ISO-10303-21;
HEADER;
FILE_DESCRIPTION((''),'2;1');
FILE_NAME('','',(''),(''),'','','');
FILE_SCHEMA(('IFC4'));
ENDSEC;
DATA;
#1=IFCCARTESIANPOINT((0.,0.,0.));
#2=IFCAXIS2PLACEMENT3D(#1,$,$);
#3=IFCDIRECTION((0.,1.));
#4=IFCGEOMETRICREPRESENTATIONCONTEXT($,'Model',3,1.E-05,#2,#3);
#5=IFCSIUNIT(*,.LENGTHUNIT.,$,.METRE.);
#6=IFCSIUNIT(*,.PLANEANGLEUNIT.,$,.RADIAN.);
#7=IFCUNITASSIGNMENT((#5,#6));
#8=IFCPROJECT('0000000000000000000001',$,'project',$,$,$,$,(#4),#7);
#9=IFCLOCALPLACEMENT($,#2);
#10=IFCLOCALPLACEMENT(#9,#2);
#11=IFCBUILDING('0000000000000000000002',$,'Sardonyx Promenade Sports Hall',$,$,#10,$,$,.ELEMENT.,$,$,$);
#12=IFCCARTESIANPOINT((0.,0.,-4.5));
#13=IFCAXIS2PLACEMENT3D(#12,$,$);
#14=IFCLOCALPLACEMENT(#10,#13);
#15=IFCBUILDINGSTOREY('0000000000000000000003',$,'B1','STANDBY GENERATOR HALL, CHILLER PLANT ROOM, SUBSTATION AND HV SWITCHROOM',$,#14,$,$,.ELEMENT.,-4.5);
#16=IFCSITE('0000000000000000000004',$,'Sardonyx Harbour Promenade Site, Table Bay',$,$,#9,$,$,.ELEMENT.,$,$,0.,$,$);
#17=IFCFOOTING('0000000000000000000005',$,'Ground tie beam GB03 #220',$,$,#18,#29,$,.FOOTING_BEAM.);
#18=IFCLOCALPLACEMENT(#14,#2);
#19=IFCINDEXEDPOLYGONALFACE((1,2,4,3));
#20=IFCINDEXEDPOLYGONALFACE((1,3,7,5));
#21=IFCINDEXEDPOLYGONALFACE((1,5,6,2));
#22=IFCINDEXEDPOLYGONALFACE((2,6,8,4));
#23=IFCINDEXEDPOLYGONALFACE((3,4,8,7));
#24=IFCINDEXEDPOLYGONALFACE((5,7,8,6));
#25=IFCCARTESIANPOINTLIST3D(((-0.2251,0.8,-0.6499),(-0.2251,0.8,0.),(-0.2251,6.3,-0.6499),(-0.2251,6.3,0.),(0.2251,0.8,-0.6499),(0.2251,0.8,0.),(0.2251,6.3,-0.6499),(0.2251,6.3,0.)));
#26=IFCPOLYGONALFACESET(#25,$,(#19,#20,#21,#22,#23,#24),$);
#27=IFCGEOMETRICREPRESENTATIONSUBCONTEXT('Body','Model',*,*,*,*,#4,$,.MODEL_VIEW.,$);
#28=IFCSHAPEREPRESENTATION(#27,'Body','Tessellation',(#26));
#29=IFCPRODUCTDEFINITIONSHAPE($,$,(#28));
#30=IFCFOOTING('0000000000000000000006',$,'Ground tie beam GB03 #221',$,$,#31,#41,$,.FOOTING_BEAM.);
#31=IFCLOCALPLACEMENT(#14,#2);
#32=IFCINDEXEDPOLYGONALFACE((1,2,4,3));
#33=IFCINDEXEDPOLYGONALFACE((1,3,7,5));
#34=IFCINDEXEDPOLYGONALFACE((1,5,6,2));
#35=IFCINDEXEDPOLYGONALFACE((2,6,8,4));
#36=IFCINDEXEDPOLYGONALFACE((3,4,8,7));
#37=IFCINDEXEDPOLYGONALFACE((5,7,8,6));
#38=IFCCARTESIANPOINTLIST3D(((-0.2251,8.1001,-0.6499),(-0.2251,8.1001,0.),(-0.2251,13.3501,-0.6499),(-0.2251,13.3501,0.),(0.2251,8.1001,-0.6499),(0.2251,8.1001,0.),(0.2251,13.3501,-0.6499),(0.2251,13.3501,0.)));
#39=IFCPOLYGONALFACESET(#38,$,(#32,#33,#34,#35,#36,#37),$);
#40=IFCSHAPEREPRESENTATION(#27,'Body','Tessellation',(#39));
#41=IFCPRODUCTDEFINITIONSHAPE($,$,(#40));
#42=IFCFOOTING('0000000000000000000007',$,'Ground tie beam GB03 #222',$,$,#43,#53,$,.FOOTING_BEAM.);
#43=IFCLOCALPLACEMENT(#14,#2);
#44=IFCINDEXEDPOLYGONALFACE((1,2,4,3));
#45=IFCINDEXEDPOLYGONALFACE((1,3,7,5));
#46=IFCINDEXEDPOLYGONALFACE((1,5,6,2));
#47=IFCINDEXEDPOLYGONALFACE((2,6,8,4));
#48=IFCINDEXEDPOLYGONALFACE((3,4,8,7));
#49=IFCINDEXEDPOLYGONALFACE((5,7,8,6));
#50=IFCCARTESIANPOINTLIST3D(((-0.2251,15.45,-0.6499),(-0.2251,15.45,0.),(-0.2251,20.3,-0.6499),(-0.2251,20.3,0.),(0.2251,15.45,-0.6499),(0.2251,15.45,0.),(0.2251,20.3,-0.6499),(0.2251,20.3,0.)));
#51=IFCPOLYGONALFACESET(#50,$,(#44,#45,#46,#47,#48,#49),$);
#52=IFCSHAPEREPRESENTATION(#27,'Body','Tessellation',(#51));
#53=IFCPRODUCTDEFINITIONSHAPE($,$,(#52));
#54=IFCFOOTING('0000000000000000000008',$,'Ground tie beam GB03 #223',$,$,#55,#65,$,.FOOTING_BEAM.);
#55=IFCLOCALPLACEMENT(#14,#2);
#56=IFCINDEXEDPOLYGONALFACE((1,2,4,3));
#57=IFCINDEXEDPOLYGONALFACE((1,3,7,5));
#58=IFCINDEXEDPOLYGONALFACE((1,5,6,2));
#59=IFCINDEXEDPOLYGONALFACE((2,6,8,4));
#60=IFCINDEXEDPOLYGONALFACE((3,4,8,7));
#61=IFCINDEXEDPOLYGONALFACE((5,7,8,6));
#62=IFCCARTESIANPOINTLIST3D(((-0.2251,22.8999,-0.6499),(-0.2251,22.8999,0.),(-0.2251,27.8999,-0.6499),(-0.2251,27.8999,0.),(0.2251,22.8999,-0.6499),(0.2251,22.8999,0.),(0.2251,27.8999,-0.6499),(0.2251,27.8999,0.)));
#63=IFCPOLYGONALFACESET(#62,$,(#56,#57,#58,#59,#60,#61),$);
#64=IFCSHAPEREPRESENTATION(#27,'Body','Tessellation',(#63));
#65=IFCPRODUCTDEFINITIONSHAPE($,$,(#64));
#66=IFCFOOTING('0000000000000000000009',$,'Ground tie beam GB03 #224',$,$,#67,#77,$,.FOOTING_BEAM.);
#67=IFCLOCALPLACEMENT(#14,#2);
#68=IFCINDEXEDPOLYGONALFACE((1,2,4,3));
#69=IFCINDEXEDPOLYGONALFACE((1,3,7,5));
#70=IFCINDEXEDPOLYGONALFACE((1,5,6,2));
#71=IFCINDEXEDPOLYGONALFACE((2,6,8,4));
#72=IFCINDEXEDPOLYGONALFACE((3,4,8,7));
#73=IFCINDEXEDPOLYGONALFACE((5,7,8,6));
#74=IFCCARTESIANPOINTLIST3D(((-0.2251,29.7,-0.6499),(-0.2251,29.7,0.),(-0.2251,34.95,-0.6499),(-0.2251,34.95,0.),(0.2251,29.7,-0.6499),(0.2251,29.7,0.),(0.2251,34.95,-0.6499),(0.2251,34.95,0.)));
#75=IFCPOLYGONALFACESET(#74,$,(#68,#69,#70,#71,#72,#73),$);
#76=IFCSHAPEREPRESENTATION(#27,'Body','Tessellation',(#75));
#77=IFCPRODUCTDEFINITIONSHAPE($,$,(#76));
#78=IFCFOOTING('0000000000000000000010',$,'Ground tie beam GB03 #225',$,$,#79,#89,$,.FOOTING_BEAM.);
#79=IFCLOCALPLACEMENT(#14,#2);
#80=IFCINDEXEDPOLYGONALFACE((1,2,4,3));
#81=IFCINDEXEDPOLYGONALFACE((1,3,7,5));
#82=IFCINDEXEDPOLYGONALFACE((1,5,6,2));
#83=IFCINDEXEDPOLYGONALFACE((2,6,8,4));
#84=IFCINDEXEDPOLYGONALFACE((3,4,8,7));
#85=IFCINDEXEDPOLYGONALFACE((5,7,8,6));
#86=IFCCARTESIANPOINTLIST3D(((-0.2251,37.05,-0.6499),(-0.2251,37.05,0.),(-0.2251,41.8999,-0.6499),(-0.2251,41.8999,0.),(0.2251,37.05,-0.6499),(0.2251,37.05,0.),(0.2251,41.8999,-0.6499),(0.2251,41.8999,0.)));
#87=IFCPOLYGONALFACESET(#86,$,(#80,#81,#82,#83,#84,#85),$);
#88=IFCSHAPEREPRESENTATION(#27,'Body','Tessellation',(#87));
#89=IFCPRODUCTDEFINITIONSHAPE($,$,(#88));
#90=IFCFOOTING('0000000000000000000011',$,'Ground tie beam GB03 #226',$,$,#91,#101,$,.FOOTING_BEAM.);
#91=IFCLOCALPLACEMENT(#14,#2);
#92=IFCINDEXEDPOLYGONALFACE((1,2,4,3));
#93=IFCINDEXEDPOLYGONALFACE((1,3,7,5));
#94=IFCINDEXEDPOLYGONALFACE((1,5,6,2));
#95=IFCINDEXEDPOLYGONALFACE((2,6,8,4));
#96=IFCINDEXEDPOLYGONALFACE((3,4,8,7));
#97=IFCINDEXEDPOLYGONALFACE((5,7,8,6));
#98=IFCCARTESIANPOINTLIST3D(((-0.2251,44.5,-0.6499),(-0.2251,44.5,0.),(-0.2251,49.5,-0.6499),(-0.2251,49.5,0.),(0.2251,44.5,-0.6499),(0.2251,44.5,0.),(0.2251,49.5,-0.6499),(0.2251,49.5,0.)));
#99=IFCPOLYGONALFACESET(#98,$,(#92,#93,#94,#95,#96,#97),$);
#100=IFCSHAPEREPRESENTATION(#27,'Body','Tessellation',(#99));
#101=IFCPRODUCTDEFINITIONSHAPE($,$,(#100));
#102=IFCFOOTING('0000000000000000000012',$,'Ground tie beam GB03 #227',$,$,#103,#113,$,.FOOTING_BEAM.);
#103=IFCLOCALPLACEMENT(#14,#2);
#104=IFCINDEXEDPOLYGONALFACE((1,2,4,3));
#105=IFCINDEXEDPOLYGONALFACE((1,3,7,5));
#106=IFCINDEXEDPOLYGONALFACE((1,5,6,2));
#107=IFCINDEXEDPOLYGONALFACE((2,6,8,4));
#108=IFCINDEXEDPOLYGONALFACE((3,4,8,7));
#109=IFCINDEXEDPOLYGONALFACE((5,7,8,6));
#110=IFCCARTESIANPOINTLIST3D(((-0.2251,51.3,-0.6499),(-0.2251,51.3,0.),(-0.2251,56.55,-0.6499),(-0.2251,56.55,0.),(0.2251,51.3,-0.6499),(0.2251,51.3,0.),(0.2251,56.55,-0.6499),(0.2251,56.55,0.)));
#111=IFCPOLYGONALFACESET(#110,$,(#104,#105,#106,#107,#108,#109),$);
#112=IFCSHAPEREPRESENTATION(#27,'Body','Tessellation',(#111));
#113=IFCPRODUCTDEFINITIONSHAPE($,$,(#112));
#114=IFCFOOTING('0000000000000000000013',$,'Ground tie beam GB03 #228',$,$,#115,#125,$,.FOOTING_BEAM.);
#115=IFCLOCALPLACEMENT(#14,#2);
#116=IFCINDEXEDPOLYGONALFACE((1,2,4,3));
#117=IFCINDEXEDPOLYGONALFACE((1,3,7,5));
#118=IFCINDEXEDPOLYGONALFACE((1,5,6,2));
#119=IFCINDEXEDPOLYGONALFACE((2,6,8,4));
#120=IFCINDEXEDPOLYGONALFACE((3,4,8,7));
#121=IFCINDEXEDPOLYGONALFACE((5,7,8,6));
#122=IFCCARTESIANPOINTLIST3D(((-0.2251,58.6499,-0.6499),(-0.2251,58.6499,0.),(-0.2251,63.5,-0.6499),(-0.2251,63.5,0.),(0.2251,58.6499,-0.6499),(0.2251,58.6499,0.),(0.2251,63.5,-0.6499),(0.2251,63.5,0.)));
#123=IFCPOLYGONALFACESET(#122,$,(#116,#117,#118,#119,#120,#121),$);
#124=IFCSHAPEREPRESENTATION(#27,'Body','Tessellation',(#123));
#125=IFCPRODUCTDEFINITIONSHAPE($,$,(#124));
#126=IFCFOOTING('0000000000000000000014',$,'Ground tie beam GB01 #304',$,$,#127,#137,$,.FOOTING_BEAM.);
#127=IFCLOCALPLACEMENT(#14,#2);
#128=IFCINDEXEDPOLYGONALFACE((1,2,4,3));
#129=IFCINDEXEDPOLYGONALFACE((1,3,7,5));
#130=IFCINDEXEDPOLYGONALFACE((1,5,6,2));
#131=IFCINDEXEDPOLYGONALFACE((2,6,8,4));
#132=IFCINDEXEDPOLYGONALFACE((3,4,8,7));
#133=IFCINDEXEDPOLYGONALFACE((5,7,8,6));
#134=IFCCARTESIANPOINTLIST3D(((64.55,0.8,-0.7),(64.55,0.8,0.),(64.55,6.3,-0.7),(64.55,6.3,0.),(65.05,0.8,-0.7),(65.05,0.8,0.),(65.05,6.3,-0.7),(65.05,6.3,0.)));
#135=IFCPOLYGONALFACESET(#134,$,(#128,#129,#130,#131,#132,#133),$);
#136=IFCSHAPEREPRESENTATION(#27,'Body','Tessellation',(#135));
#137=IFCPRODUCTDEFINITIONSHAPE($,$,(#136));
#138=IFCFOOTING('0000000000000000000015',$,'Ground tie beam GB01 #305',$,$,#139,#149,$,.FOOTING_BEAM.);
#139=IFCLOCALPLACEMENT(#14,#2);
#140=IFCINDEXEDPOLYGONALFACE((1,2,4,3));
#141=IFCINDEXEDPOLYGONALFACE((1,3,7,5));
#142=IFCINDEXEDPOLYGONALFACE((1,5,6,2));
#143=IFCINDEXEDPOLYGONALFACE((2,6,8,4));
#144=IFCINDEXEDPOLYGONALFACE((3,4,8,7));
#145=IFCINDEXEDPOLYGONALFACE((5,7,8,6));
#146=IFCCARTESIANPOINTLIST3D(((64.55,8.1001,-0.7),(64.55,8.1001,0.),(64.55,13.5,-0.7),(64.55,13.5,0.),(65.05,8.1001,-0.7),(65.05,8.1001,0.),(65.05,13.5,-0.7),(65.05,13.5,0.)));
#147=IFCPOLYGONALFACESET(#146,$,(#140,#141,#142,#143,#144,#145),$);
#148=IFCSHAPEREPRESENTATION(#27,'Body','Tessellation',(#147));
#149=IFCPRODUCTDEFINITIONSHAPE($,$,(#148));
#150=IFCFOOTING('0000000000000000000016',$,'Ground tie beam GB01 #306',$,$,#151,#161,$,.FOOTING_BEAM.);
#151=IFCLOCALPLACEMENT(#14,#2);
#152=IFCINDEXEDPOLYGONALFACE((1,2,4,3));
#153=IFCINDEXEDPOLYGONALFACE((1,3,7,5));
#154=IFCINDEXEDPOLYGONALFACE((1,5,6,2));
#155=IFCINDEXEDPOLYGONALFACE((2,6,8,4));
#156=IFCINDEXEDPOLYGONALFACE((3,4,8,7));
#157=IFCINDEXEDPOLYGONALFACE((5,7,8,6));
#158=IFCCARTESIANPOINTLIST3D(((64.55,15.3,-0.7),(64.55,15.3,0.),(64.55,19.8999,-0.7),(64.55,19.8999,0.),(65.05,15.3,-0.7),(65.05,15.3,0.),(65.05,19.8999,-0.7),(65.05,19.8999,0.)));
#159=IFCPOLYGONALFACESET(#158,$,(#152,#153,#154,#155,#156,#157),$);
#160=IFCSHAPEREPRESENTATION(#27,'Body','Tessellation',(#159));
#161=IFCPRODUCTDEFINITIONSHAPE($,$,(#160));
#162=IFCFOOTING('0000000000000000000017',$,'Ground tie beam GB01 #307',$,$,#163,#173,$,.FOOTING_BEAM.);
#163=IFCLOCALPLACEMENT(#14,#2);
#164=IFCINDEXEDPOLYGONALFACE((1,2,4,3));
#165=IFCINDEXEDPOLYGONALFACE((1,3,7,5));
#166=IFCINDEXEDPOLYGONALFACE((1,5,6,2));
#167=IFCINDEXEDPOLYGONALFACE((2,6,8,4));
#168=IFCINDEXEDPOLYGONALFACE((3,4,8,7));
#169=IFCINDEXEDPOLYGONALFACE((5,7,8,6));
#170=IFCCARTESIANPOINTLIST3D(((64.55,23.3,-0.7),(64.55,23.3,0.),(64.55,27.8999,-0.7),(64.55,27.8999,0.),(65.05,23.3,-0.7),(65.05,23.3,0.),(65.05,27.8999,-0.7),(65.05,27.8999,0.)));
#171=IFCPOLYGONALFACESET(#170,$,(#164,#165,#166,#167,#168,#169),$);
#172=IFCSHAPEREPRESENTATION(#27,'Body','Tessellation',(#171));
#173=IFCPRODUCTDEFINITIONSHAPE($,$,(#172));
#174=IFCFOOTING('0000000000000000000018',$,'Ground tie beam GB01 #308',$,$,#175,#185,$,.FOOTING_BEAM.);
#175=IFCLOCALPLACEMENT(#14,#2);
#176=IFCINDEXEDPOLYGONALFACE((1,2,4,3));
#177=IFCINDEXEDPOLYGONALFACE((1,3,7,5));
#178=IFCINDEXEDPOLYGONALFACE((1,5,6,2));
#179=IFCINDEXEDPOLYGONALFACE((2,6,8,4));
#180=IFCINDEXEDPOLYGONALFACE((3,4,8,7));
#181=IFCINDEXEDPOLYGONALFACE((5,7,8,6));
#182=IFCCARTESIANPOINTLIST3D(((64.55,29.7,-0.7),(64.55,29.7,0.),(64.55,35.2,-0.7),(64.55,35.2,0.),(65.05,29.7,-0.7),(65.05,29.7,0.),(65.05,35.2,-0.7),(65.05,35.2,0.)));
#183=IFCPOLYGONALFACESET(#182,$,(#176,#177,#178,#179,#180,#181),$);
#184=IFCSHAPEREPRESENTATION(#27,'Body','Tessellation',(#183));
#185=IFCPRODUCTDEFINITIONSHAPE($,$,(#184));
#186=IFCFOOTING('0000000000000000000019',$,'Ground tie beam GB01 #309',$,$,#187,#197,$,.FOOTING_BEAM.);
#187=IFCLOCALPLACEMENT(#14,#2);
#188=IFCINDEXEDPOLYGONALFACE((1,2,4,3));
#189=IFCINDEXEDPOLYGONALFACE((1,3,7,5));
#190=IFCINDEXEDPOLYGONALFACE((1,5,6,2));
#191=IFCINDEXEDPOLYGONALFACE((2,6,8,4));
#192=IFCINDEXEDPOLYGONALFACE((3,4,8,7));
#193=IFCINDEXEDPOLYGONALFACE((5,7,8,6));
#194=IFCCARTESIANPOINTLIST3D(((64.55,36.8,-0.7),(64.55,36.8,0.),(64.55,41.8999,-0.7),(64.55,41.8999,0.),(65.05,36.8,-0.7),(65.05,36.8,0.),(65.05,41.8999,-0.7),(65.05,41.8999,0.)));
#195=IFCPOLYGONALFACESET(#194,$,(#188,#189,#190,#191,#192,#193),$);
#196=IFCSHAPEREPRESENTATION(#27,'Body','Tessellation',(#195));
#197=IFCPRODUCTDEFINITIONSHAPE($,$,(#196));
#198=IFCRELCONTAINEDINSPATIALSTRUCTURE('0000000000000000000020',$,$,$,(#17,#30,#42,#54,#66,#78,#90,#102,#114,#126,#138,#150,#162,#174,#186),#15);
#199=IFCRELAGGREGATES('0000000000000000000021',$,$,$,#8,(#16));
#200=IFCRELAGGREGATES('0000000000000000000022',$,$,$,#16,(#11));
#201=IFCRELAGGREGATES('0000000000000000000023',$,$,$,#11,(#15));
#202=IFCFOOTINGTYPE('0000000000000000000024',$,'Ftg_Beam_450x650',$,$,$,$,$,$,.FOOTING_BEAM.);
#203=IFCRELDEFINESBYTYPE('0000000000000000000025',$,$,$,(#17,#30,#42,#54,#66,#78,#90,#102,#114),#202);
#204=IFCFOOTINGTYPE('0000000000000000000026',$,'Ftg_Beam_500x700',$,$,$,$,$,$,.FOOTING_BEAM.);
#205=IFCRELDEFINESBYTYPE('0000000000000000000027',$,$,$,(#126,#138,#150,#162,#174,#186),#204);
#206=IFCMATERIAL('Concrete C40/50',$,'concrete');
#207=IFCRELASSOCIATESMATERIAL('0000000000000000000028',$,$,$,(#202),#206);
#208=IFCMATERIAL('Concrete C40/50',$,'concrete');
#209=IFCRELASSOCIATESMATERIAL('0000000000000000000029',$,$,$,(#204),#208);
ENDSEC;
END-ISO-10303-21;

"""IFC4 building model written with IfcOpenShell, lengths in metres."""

from ifc_helpers import new_model, si_unit, direction, frame, origin, place, context, subcontext, project, spatial, polyline, outline, extrude, material, type_object, element, save


model = new_model("IFC4")

# Units and contexts
model_context = context("Model", 3, precision=1e-05, world=origin(), true_north=direction((0.0, 1.0)))
body_context = subcontext(model_context, "Body", "Model", "MODEL_VIEW")
ifc_project = project(units=[si_unit("LENGTHUNIT", "METRE"), si_unit("PLANEANGLEUNIT", "RADIAN")], contexts=[model_context])

# Site, building, storey
site_placement = place(None, origin())
site = spatial("IfcSite", under=ifc_project, at=site_placement, Name="Sardonyx Harbour Promenade Site, Table Bay", CompositionType="ELEMENT", RefElevation=0.0)
building_placement = place(site_placement, origin())
building = spatial("IfcBuilding", under=site, at=building_placement, Name="Sardonyx Promenade Sports Hall", CompositionType="ELEMENT")
storey_placement = place(building_placement, frame((0.0, 0.0, -4.5)))
storey = spatial("IfcBuildingStorey", under=building, at=storey_placement, Name="B1", Description="STANDBY GENERATOR HALL, CHILLER PLANT ROOM, SUBSTATION AND HV SWITCHROOM", CompositionType="ELEMENT", Elevation=-4.5)

# Footings
ifc_material_1 = material(Name="Concrete C40/50", Category="concrete")
footing_type_1 = type_object("IfcFootingType", Name="Ftg_Beam_450x650", PredefinedType="FOOTING_BEAM", material=ifc_material_1)
footing_1_placement = place(storey_placement, frame((0.0, 0.0, -0.6499)))
element("IfcFooting", 1, at=footing_1_placement, inside=storey, type_object=footing_type_1, Name="Ground tie beam GB03 #220", PredefinedType="FOOTING_BEAM", context=body_context, shape_type="SweptSolid", body=[
    extrude(outline(polyline([(-0.2251, 0.8), (0.2251, 0.8), (0.2251, 6.3), (-0.2251, 6.3), (-0.2251, 0.8)])), origin(), (0.0, 0.0, 1.0), 0.6499),
])
footing_2_placement = place(storey_placement, frame((0.0, 0.0, -0.6499)))
element("IfcFooting", 2, at=footing_2_placement, inside=storey, type_object=footing_type_1, Name="Ground tie beam GB03 #221", PredefinedType="FOOTING_BEAM", context=body_context, shape_type="SweptSolid", body=[
    extrude(outline(polyline([(-0.2251, 8.1001), (0.2251, 8.1001), (0.2251, 13.3501), (-0.2251, 13.3501), (-0.2251, 8.1001)])), origin(), (0.0, 0.0, 1.0), 0.6499),
])
footing_3_placement = place(storey_placement, frame((0.0, 0.0, -0.6499)))
element("IfcFooting", 3, at=footing_3_placement, inside=storey, type_object=footing_type_1, Name="Ground tie beam GB03 #222", PredefinedType="FOOTING_BEAM", context=body_context, shape_type="SweptSolid", body=[
    extrude(outline(polyline([(-0.2251, 15.45), (0.2251, 15.45), (0.2251, 20.3), (-0.2251, 20.3), (-0.2251, 15.45)])), origin(), (0.0, 0.0, 1.0), 0.6499),
])
footing_4_placement = place(storey_placement, frame((0.0, 0.0, -0.6499)))
element("IfcFooting", 4, at=footing_4_placement, inside=storey, type_object=footing_type_1, Name="Ground tie beam GB03 #223", PredefinedType="FOOTING_BEAM", context=body_context, shape_type="SweptSolid", body=[
    extrude(outline(polyline([(-0.2251, 22.8999), (0.2251, 22.8999), (0.2251, 27.8999), (-0.2251, 27.8999), (-0.2251, 22.8999)])), origin(), (0.0, 0.0, 1.0), 0.6499),
])
footing_5_placement = place(storey_placement, frame((0.0, 0.0, -0.6499)))
element("IfcFooting", 5, at=footing_5_placement, inside=storey, type_object=footing_type_1, Name="Ground tie beam GB03 #224", PredefinedType="FOOTING_BEAM", context=body_context, shape_type="SweptSolid", body=[
    extrude(outline(polyline([(-0.2251, 29.7), (0.2251, 29.7), (0.2251, 34.95), (-0.2251, 34.95), (-0.2251, 29.7)])), origin(), (0.0, 0.0, 1.0), 0.6499),
])
footing_6_placement = place(storey_placement, frame((0.0, 0.0, -0.6499)))
element("IfcFooting", 6, at=footing_6_placement, inside=storey, type_object=footing_type_1, Name="Ground tie beam GB03 #225", PredefinedType="FOOTING_BEAM", context=body_context, shape_type="SweptSolid", body=[
    extrude(outline(polyline([(-0.2251, 37.05), (0.2251, 37.05), (0.2251, 41.8999), (-0.2251, 41.8999), (-0.2251, 37.05)])), origin(), (0.0, 0.0, 1.0), 0.6499),
])
footing_7_placement = place(storey_placement, frame((0.0, 0.0, -0.6499)))
element("IfcFooting", 7, at=footing_7_placement, inside=storey, type_object=footing_type_1, Name="Ground tie beam GB03 #226", PredefinedType="FOOTING_BEAM", context=body_context, shape_type="SweptSolid", body=[
    extrude(outline(polyline([(-0.2251, 44.5), (0.2251, 44.5), (0.2251, 49.5), (-0.2251, 49.5), (-0.2251, 44.5)])), origin(), (0.0, 0.0, 1.0), 0.6499),
])
footing_8_placement = place(storey_placement, frame((0.0, 0.0, -0.6499)))
element("IfcFooting", 8, at=footing_8_placement, inside=storey, type_object=footing_type_1, Name="Ground tie beam GB03 #227", PredefinedType="FOOTING_BEAM", context=body_context, shape_type="SweptSolid", body=[
    extrude(outline(polyline([(-0.2251, 51.3), (0.2251, 51.3), (0.2251, 56.55), (-0.2251, 56.55), (-0.2251, 51.3)])), origin(), (0.0, 0.0, 1.0), 0.6499),
])
footing_9_placement = place(storey_placement, frame((0.0, 0.0, -0.6499)))
element("IfcFooting", 9, at=footing_9_placement, inside=storey, type_object=footing_type_1, Name="Ground tie beam GB03 #228", PredefinedType="FOOTING_BEAM", context=body_context, shape_type="SweptSolid", body=[
    extrude(outline(polyline([(-0.2251, 58.6499), (0.2251, 58.6499), (0.2251, 63.5), (-0.2251, 63.5), (-0.2251, 58.6499)])), origin(), (0.0, 0.0, 1.0), 0.6499),
])
ifc_material_2 = material(Name="Concrete C40/50", Category="concrete")
footing_type_2 = type_object("IfcFootingType", Name="Ftg_Beam_500x700", PredefinedType="FOOTING_BEAM", material=ifc_material_2)
footing_10_placement = place(storey_placement, frame((0.0, 0.0, -0.7)))
element("IfcFooting", 10, at=footing_10_placement, inside=storey, type_object=footing_type_2, Name="Ground tie beam GB01 #304", PredefinedType="FOOTING_BEAM", context=body_context, shape_type="SweptSolid", body=[
    extrude(outline(polyline([(64.55, 0.8), (65.05, 0.8), (65.05, 6.3), (64.55, 6.3), (64.55, 0.8)])), origin(), (0.0, 0.0, 1.0), 0.7),
])
footing_11_placement = place(storey_placement, frame((0.0, 0.0, -0.7)))
element("IfcFooting", 11, at=footing_11_placement, inside=storey, type_object=footing_type_2, Name="Ground tie beam GB01 #305", PredefinedType="FOOTING_BEAM", context=body_context, shape_type="SweptSolid", body=[
    extrude(outline(polyline([(64.55, 8.1001), (65.05, 8.1001), (65.05, 13.5), (64.55, 13.5), (64.55, 8.1001)])), origin(), (0.0, 0.0, 1.0), 0.7),
])
footing_12_placement = place(storey_placement, frame((0.0, 0.0, -0.7)))
element("IfcFooting", 12, at=footing_12_placement, inside=storey, type_object=footing_type_2, Name="Ground tie beam GB01 #306", PredefinedType="FOOTING_BEAM", context=body_context, shape_type="SweptSolid", body=[
    extrude(outline(polyline([(64.55, 15.3), (65.05, 15.3), (65.05, 19.8999), (64.55, 19.8999), (64.55, 15.3)])), origin(), (0.0, 0.0, 1.0), 0.7),
])
footing_13_placement = place(storey_placement, frame((0.0, 0.0, -0.7)))
element("IfcFooting", 13, at=footing_13_placement, inside=storey, type_object=footing_type_2, Name="Ground tie beam GB01 #307", PredefinedType="FOOTING_BEAM", context=body_context, shape_type="SweptSolid", body=[
    extrude(outline(polyline([(64.55, 23.3), (65.05, 23.3), (65.05, 27.8999), (64.55, 27.8999), (64.55, 23.3)])), origin(), (0.0, 0.0, 1.0), 0.7),
])
footing_14_placement = place(storey_placement, frame((0.0, 0.0, -0.7)))
element("IfcFooting", 14, at=footing_14_placement, inside=storey, type_object=footing_type_2, Name="Ground tie beam GB01 #308", PredefinedType="FOOTING_BEAM", context=body_context, shape_type="SweptSolid", body=[
    extrude(outline(polyline([(64.55, 29.7), (65.05, 29.7), (65.05, 35.2), (64.55, 35.2), (64.55, 29.7)])), origin(), (0.0, 0.0, 1.0), 0.7),
])
footing_15_placement = place(storey_placement, frame((0.0, 0.0, -0.7)))
element("IfcFooting", 15, at=footing_15_placement, inside=storey, type_object=footing_type_2, Name="Ground tie beam GB01 #309", PredefinedType="FOOTING_BEAM", context=body_context, shape_type="SweptSolid", body=[
    extrude(outline(polyline([(64.55, 36.8), (65.05, 36.8), (65.05, 41.8999), (64.55, 41.8999), (64.55, 36.8)])), origin(), (0.0, 0.0, 1.0), 0.7),
])

save(model, "model.ifc")
